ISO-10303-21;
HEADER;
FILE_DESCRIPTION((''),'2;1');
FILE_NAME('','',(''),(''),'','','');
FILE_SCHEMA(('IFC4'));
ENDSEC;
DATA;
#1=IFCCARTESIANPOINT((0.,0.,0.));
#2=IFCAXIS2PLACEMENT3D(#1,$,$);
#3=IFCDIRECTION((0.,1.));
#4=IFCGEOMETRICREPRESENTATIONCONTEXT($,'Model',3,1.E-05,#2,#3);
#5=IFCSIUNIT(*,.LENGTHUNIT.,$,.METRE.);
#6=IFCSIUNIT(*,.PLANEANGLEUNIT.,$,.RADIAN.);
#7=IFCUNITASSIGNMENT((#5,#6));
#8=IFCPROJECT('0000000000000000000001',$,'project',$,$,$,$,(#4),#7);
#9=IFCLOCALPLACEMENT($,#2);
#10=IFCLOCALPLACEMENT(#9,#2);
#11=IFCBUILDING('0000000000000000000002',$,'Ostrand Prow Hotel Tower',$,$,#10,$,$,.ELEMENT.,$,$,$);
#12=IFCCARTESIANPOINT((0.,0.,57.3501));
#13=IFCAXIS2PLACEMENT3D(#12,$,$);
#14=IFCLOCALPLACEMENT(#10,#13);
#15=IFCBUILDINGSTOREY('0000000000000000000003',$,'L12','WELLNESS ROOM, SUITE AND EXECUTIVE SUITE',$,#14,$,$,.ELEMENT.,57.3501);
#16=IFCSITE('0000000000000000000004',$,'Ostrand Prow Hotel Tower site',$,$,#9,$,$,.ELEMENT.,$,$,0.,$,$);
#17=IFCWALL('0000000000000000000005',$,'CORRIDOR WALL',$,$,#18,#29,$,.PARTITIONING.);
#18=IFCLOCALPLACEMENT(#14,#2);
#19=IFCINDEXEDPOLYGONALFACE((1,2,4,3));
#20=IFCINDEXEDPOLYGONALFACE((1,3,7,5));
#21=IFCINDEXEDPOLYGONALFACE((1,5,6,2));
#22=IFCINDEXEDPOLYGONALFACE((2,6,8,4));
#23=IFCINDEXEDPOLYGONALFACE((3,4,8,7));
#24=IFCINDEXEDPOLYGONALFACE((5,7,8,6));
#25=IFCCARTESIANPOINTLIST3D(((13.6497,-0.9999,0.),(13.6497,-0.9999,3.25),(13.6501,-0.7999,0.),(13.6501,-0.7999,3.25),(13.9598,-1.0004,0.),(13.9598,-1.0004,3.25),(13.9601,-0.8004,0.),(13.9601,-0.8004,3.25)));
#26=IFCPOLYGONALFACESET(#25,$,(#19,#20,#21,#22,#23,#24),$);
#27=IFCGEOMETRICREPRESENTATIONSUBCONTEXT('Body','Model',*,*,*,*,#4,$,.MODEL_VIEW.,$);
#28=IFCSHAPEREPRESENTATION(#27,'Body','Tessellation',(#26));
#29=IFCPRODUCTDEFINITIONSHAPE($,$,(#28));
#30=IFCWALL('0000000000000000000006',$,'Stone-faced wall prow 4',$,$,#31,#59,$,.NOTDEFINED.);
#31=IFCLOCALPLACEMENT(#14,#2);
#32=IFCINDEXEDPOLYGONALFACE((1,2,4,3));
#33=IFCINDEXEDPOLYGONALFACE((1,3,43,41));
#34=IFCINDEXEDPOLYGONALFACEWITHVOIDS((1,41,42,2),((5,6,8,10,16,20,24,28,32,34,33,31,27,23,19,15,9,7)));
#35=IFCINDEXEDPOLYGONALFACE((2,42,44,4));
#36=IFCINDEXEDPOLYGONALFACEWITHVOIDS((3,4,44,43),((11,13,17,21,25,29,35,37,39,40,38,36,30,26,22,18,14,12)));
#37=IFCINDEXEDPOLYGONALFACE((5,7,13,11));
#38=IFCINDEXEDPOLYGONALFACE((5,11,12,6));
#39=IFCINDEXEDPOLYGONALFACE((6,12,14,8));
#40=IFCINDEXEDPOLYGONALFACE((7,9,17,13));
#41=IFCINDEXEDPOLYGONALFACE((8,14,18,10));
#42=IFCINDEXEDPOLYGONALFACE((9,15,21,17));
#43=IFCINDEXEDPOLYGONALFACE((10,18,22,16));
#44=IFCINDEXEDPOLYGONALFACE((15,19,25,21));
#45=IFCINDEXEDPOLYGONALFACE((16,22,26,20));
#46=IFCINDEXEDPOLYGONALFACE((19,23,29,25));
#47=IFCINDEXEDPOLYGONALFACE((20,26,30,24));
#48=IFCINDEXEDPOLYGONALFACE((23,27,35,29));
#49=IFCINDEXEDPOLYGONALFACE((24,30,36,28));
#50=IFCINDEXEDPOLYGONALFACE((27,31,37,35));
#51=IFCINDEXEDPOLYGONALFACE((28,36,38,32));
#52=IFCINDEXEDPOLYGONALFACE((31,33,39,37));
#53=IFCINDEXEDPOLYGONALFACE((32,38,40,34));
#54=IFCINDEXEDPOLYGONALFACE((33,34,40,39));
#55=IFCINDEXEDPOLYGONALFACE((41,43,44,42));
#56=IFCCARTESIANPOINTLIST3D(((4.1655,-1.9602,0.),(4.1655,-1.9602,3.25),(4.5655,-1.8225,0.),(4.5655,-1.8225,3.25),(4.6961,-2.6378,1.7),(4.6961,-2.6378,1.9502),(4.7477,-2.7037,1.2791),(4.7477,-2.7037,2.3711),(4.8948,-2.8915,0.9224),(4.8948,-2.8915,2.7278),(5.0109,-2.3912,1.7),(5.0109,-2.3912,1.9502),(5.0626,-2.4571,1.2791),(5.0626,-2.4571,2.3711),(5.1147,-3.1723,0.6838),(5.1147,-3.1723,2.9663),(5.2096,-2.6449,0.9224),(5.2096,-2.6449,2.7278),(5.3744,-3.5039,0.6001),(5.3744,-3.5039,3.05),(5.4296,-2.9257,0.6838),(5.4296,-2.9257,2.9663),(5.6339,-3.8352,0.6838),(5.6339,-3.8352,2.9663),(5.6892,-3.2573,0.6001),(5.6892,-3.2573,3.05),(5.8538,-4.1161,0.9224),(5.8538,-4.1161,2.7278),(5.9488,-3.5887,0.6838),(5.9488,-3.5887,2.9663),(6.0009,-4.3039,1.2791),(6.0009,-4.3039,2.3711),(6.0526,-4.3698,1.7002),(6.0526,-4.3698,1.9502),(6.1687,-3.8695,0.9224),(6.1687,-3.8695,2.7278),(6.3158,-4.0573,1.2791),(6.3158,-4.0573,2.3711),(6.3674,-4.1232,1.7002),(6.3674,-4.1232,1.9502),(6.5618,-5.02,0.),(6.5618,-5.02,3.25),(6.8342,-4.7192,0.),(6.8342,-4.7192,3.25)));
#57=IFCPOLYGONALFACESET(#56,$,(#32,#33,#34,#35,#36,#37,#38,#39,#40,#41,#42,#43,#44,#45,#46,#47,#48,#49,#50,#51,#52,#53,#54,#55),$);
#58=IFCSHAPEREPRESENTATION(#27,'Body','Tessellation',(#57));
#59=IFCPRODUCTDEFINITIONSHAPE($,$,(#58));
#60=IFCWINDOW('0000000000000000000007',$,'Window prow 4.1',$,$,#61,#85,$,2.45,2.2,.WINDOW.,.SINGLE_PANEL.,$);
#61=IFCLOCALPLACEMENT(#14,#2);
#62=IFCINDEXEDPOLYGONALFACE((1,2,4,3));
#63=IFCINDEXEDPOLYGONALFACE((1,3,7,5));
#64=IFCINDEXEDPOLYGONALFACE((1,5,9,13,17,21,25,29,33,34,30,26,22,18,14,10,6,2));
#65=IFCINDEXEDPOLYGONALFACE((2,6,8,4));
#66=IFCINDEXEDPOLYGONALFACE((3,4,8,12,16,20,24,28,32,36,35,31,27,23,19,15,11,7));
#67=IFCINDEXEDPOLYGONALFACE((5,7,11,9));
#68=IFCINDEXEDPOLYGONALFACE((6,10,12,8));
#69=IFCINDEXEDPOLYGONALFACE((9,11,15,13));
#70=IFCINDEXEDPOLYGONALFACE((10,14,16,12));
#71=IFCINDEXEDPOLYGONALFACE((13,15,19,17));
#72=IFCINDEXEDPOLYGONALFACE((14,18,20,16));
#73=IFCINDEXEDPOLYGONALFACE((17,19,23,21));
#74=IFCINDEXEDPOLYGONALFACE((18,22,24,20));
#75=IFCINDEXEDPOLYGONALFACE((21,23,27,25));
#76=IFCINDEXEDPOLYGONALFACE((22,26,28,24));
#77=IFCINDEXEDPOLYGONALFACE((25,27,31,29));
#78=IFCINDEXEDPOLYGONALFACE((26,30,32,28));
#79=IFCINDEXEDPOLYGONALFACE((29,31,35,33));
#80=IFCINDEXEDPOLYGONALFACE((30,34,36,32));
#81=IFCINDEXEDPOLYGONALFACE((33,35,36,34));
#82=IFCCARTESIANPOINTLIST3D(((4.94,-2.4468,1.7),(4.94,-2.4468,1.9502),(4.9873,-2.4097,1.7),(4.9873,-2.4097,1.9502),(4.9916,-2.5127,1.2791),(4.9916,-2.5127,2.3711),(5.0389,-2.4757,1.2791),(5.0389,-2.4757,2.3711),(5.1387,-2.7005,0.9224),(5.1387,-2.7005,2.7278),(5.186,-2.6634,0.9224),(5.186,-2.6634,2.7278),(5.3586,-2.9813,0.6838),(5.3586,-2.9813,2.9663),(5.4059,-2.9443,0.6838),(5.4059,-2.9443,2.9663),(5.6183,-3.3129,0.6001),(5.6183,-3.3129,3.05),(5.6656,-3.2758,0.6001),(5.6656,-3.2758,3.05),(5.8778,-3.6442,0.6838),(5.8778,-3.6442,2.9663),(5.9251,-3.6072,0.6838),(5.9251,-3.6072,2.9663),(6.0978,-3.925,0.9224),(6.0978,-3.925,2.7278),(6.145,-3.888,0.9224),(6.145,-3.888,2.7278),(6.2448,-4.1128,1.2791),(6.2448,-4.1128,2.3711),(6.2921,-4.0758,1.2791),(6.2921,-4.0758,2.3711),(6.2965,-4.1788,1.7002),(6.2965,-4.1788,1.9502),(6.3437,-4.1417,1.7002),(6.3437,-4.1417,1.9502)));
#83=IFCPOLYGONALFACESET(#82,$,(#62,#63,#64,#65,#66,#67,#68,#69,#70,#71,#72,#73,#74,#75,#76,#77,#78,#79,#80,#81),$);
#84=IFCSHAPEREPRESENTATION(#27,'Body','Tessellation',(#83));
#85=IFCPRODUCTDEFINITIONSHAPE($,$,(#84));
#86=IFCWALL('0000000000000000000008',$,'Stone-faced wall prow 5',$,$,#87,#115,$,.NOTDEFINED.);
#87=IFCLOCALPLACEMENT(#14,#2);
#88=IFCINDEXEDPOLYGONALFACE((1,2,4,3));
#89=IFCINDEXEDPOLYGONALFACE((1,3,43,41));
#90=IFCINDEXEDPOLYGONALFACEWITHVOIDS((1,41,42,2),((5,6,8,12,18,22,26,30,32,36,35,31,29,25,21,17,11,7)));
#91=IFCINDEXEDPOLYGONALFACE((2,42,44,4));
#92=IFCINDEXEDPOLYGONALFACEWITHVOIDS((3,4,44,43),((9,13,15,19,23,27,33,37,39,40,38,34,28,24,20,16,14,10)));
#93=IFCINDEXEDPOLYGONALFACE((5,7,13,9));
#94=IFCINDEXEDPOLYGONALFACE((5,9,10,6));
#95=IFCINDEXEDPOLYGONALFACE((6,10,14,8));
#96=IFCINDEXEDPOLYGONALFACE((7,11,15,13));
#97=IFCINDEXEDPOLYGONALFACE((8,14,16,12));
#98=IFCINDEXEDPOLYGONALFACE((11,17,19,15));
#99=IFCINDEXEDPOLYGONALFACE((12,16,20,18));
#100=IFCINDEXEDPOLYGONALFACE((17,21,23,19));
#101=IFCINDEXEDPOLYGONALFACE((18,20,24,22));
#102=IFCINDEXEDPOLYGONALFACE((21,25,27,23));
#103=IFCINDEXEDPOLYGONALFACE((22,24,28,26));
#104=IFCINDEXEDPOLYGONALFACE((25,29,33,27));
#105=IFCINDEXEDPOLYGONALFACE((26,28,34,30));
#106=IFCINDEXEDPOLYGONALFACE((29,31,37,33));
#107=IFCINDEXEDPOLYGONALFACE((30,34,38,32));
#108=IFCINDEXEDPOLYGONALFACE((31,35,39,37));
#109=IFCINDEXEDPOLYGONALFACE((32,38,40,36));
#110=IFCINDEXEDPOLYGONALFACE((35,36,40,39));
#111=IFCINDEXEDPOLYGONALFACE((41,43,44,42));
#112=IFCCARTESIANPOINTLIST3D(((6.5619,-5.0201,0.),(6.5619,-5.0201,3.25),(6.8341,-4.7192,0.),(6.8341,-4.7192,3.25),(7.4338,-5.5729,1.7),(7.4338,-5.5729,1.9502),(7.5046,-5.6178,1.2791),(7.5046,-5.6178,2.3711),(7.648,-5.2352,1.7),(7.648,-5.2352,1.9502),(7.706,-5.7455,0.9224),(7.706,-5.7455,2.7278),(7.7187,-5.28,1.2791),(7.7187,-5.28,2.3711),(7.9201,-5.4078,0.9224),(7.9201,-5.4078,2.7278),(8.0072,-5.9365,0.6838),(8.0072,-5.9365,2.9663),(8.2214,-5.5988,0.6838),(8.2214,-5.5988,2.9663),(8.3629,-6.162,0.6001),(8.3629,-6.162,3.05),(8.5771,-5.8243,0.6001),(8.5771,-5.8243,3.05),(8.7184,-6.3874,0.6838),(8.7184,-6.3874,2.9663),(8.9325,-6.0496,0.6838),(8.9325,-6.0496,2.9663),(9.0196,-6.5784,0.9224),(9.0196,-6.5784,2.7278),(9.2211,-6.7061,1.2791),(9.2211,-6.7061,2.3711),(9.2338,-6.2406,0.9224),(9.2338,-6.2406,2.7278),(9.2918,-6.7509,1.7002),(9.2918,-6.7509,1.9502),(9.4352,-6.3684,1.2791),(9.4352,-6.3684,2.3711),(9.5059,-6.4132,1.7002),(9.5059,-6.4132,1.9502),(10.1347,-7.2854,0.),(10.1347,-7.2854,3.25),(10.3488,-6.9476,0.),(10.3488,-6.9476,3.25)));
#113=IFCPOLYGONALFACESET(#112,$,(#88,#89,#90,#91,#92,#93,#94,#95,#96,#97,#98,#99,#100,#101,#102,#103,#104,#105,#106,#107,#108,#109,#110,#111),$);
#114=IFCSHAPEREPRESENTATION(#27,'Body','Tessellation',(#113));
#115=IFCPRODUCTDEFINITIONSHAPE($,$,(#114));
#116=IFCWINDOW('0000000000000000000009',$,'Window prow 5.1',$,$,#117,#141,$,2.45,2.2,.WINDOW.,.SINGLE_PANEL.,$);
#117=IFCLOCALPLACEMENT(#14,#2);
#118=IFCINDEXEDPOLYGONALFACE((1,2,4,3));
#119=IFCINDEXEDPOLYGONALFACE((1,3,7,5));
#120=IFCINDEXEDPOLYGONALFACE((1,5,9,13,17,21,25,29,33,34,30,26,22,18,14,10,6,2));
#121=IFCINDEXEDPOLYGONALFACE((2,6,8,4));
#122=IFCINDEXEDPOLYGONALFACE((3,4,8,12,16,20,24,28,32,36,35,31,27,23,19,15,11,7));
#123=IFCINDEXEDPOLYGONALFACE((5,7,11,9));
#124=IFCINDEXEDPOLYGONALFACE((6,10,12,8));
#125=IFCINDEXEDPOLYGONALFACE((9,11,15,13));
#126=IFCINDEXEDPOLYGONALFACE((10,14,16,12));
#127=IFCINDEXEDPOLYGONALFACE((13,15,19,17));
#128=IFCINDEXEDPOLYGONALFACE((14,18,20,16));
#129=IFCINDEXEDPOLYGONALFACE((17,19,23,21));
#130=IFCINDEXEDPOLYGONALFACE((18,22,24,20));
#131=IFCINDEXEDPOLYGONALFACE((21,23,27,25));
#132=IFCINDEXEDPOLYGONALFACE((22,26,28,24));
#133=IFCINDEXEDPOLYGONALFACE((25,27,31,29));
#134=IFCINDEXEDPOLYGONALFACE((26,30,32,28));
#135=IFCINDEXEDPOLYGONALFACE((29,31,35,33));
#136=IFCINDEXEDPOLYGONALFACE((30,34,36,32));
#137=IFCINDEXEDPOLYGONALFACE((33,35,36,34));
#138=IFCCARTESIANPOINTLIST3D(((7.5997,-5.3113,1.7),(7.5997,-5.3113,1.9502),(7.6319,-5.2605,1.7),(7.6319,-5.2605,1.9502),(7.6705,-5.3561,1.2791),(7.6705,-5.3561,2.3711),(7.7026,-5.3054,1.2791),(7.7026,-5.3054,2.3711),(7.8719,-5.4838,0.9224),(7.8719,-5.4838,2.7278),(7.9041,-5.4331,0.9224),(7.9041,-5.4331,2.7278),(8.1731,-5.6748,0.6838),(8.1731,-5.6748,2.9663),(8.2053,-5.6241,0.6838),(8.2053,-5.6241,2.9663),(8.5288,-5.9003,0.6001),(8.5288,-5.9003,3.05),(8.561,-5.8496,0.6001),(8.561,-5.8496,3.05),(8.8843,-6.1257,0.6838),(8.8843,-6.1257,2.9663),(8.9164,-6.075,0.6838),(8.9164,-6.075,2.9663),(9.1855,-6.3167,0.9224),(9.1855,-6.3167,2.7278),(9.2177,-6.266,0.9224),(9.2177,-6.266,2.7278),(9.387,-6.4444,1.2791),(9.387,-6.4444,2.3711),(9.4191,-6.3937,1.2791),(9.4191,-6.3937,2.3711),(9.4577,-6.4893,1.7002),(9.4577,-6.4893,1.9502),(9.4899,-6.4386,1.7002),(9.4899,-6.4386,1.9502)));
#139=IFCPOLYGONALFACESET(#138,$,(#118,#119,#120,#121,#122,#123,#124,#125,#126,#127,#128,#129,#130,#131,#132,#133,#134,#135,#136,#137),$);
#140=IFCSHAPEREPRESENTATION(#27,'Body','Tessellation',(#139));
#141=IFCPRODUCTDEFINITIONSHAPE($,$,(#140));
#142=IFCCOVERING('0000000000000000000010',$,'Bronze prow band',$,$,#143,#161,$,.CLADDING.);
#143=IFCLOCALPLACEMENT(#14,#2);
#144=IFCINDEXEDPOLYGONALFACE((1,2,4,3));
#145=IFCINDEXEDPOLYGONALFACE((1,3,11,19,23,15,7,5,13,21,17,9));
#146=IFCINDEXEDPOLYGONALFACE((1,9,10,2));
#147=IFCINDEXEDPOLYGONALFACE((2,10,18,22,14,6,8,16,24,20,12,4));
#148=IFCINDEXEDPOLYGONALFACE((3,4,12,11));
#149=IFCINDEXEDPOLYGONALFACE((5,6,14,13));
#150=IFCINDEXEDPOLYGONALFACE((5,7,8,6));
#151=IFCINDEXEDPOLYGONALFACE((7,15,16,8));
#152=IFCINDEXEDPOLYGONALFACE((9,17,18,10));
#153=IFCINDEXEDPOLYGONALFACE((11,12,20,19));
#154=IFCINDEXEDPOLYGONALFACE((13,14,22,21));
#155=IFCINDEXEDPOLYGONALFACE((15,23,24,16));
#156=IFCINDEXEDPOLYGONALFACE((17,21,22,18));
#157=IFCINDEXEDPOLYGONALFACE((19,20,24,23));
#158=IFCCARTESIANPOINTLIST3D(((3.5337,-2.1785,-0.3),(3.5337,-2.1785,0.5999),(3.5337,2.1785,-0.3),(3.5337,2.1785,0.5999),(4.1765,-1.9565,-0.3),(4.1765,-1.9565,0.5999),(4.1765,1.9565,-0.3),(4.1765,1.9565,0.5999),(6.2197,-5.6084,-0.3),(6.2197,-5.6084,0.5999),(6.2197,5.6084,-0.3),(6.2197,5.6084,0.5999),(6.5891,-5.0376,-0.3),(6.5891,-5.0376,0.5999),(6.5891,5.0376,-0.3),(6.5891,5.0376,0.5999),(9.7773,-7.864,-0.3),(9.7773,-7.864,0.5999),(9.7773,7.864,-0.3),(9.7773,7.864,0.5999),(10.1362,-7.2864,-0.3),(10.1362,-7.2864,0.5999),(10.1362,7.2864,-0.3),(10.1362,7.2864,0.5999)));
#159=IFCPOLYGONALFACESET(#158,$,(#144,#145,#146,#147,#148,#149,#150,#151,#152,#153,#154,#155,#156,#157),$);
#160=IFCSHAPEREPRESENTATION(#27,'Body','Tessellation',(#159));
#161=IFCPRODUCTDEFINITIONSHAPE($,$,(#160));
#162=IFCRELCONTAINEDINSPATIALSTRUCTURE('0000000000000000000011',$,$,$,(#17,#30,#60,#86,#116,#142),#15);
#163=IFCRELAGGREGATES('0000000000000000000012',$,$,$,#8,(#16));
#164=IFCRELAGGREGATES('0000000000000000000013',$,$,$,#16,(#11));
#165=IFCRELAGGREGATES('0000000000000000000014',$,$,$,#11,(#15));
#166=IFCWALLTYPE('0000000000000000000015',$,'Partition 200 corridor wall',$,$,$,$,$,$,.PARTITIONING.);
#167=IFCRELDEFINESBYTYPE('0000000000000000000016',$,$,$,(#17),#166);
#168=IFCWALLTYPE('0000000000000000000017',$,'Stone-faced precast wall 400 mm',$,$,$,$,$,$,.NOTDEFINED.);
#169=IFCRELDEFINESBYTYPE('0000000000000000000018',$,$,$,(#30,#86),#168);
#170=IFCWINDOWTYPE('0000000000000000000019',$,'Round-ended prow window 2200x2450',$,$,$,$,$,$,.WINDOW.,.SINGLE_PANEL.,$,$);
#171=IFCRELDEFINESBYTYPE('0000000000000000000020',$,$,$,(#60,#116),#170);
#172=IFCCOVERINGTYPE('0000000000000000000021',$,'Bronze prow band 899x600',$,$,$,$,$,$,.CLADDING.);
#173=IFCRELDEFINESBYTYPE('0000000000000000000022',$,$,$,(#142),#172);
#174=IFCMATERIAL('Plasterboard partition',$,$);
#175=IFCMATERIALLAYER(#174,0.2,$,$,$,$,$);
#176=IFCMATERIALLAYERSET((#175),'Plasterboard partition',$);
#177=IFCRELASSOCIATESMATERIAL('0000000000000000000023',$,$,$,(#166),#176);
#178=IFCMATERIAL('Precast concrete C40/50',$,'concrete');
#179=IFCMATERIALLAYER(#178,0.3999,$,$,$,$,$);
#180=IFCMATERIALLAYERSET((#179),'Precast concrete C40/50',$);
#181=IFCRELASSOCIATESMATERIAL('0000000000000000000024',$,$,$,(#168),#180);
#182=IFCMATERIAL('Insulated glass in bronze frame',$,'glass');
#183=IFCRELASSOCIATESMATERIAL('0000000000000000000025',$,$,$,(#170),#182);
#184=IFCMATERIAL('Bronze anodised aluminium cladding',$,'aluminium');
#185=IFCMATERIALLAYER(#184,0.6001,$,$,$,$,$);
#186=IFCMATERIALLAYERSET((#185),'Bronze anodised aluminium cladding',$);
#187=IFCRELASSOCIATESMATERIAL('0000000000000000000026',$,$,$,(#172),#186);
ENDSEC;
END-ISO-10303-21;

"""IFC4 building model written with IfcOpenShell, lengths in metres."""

from ifc_helpers import new_model, si_unit, direction, frame, frame_2d, origin, place, context, subcontext, project, spatial, polyline, rectangle, outline, extrude, material, layer, layer_set, type_object, element, fill, save


model = new_model("IFC4")

# Units and contexts
model_context = context("Model", 3, precision=1e-05, world=origin(), true_north=direction((0.0, 1.0)))
body_context = subcontext(model_context, "Body", "Model", "MODEL_VIEW")
ifc_project = project(units=[si_unit("LENGTHUNIT", "METRE"), si_unit("PLANEANGLEUNIT", "RADIAN")], contexts=[model_context])

# Site, building, storey
site_placement = place(None, origin())
site = spatial("IfcSite", under=ifc_project, at=site_placement, Name="Ostrand Prow Hotel Tower site", CompositionType="ELEMENT", RefElevation=0.0)
building_placement = place(site_placement, origin())
building = spatial("IfcBuilding", under=site, at=building_placement, Name="Ostrand Prow Hotel Tower", CompositionType="ELEMENT")
storey_placement = place(building_placement, frame((0.0, 0.0, 57.3501)))
storey = spatial("IfcBuildingStorey", under=building, at=storey_placement, Name="L12", Description="WELLNESS ROOM, SUITE AND EXECUTIVE SUITE", CompositionType="ELEMENT", Elevation=57.3501)

# Shared definitions
ifc_material_1 = material(Name="Plasterboard partition")
ifc_layer_1 = layer(ifc_material_1, 0.2)
ifc_layer_set_1 = layer_set([ifc_layer_1], Name="Plasterboard partition")
wall_type_1 = type_object("IfcWallType", Name="Partition 200 corridor wall", PredefinedType="PARTITIONING", material=ifc_layer_set_1)

# Wall
wall_1_placement = place(storey_placement, frame((13.6499, -0.8999, 0.0), z_axis=(0.0, 0.0, 1.0), x_axis=(0.999999, -0.001575, 0.0)))
element("IfcWall", 1, at=wall_1_placement, inside=storey, type_object=wall_type_1, Name="CORRIDOR WALL", PredefinedType="PARTITIONING", context=body_context, shape_type="SweptSolid", body=[
    extrude(rectangle(XDim=0.3101, YDim=0.2, at=frame_2d((0.155, 0.0))), origin(), (0.0, 0.0, 1.0), 3.25),
])

# Walls, openings, windows
ifc_material_2 = material(Name="Precast concrete C40/50", Category="concrete")
ifc_layer_2 = layer(ifc_material_2, 0.3999)
ifc_layer_set_2 = layer_set([ifc_layer_2], Name="Precast concrete C40/50")
wall_type_2 = type_object("IfcWallType", Name="Stone-faced precast wall 400 mm", PredefinedType="NOTDEFINED", material=ifc_layer_set_2)
wall_2_placement = place(storey_placement, frame((4.3655, -1.8914, 0.0), z_axis=(0.0, 0.0, 1.0), x_axis=(0.616587, -0.787287, 0.0)))
wall_2 = element("IfcWall", 2, at=wall_2_placement, inside=storey, type_object=wall_type_2, Name="Stone-faced wall prow 4", PredefinedType="NOTDEFINED", context=body_context, shape_type="SweptSolid", body=[
    extrude(outline(polyline([(-0.0691, -0.2), (3.8174, -0.2), (3.7485, 0.2), (0.0691, 0.2), (-0.0691, -0.2)])), origin(), (0.0, 0.0, 1.0), 3.25),
])
opening_1_placement = place(wall_2_placement, frame((0.7915, 0.0, 0.6001)))
opening_1 = element("IfcOpeningElement", 3, at=opening_1_placement, cuts=wall_2, PredefinedType="OPENING", context=body_context, shape_type="SweptSolid", body=[
    extrude(outline(polyline([(0.0, 1.3501), (0.0837, 1.771), (0.3223, 2.1277), (0.679, 2.3662), (1.1001, 2.45), (1.521, 2.3662), (1.8777, 2.1277), (2.1162, 1.771), (2.2, 1.3501), (2.2, 1.1001), (2.1162, 0.679), (1.8777, 0.3223), (1.521, 0.0837), (1.1001, 0.0), (0.679, 0.0837), (0.3223, 0.3223), (0.0837, 0.679), (0.0, 1.0999), (0.0, 1.3501)])), frame((0.0, 0.21, 0.0), z_axis=(0.0, -1.0, 0.0), x_axis=(1.0, 0.0, 0.0)), (0.0, 0.0, 1.0), 0.4199),
])
ifc_material_3 = material(Name="Insulated glass in bronze frame", Category="glass")
window_type = type_object("IfcWindowType", Name="Round-ended prow window 2200x2450", PartitioningType="SINGLE_PANEL", PredefinedType="WINDOW", material=ifc_material_3)
window_1_placement = place(opening_1_placement, origin())
window_1 = element("IfcWindow", 4, at=window_1_placement, inside=storey, type_object=window_type, Name="Window prow 4.1", OverallHeight=2.45, OverallWidth=2.2, PartitioningType="SINGLE_PANEL", PredefinedType="WINDOW", context=body_context, shape_type="SweptSolid", body=[
    extrude(outline(polyline([(0.0, 1.3501), (0.0837, 1.771), (0.3223, 2.1277), (0.679, 2.3662), (1.1001, 2.45), (1.521, 2.3662), (1.8777, 2.1277), (2.1162, 1.771), (2.2, 1.3501), (2.2, 1.1001), (2.1162, 0.679), (1.8777, 0.3223), (1.521, 0.0837), (1.1001, 0.0), (0.679, 0.0837), (0.3223, 0.3223), (0.0837, 0.679), (0.0, 1.0999), (0.0, 1.3501)])), frame((0.0, 0.1699, 0.0), z_axis=(0.0, -1.0, 0.0), x_axis=(1.0, 0.0, 0.0)), (0.0, 0.0, 1.0), 0.0601),
])
fill(opening_1, window_1)
wall_3_placement = place(storey_placement, frame((6.698, -4.8696, 0.0), z_axis=(0.0, 0.0, 1.0), x_axis=(0.844552, -0.535474, 0.0)))
wall_3 = element("IfcWall", 5, at=wall_3_placement, inside=storey, type_object=wall_type_2, Name="Stone-faced wall prow 5", PredefinedType="NOTDEFINED", context=body_context, shape_type="SweptSolid", body=[
    extrude(outline(polyline([(-0.0344, -0.2), (4.196, -0.2), (4.196, 0.2), (0.0344, 0.2), (-0.0344, -0.2)])), origin(), (0.0, 0.0, 1.0), 3.25),
])
opening_2_placement = place(wall_3_placement, frame((0.998, 0.0, 0.6001)))
opening_2 = element("IfcOpeningElement", 6, at=opening_2_placement, cuts=wall_3, PredefinedType="OPENING", context=body_context, shape_type="SweptSolid", body=[
    extrude(outline(polyline([(0.0, 1.3501), (0.0837, 1.771), (0.3223, 2.1277), (0.679, 2.3662), (1.1001, 2.45), (1.521, 2.3662), (1.8777, 2.1277), (2.1162, 1.771), (2.2, 1.3501), (2.2, 1.1001), (2.1162, 0.679), (1.8777, 0.3223), (1.521, 0.0837), (1.1001, 0.0), (0.679, 0.0837), (0.3223, 0.3223), (0.0837, 0.679), (0.0, 1.0999), (0.0, 1.3501)])), frame((0.0, 0.21, 0.0), z_axis=(0.0, -1.0, 0.0), x_axis=(1.0, 0.0, 0.0)), (0.0, 0.0, 1.0), 0.4199),
])
window_2_placement = place(opening_2_placement, origin())
window_2 = element("IfcWindow", 7, at=window_2_placement, inside=storey, type_object=window_type, Name="Window prow 5.1", OverallHeight=2.45, OverallWidth=2.2, PartitioningType="SINGLE_PANEL", PredefinedType="WINDOW", context=body_context, shape_type="SweptSolid", body=[
    extrude(outline(polyline([(0.0, 1.3501), (0.0837, 1.771), (0.3223, 2.1277), (0.679, 2.3662), (1.1001, 2.45), (1.521, 2.3662), (1.8777, 2.1277), (2.1162, 1.771), (2.2, 1.3501), (2.2, 1.1001), (2.1162, 0.679), (1.8777, 0.3223), (1.521, 0.0837), (1.1001, 0.0), (0.679, 0.0837), (0.3223, 0.3223), (0.0837, 0.679), (0.0, 1.0999), (0.0, 1.3501)])), frame((0.0, 0.1699, 0.0), z_axis=(0.0, -1.0, 0.0), x_axis=(1.0, 0.0, 0.0)), (0.0, 0.0, 1.0), 0.0601),
])
fill(opening_2, window_2)

# Covering
ifc_material_4 = material(Name="Bronze anodised aluminium cladding", Category="aluminium")
ifc_layer_3 = layer(ifc_material_4, 0.6001)
ifc_layer_set_3 = layer_set([ifc_layer_3], Name="Bronze anodised aluminium cladding")
covering_type_1 = type_object("IfcCoveringType", Name="Bronze prow band 899x600", PredefinedType="CLADDING", material=ifc_layer_set_3)
covering_1_placement = place(storey_placement, frame((0.0, 0.0, -0.3)))
element("IfcCovering", 8, at=covering_1_placement, inside=storey, type_object=covering_type_1, Name="Bronze prow band", PredefinedType="CLADDING", context=body_context, shape_type="SweptSolid", body=[
    extrude(outline(polyline([(9.7773, 7.864), (6.2197, 5.6084), (3.5337, 2.1785), (3.5337, -2.1785), (6.2197, -5.6084), (9.7773, -7.864), (10.1362, -7.2864), (6.5891, -5.0376), (4.1765, -1.9565), (4.1765, 1.9565), (6.5891, 5.0376), (10.1362, 7.2864), (9.7773, 7.864)])), origin(), (0.0, 0.0, 1.0), 0.8999),
])

save(model, "model.ifc")
